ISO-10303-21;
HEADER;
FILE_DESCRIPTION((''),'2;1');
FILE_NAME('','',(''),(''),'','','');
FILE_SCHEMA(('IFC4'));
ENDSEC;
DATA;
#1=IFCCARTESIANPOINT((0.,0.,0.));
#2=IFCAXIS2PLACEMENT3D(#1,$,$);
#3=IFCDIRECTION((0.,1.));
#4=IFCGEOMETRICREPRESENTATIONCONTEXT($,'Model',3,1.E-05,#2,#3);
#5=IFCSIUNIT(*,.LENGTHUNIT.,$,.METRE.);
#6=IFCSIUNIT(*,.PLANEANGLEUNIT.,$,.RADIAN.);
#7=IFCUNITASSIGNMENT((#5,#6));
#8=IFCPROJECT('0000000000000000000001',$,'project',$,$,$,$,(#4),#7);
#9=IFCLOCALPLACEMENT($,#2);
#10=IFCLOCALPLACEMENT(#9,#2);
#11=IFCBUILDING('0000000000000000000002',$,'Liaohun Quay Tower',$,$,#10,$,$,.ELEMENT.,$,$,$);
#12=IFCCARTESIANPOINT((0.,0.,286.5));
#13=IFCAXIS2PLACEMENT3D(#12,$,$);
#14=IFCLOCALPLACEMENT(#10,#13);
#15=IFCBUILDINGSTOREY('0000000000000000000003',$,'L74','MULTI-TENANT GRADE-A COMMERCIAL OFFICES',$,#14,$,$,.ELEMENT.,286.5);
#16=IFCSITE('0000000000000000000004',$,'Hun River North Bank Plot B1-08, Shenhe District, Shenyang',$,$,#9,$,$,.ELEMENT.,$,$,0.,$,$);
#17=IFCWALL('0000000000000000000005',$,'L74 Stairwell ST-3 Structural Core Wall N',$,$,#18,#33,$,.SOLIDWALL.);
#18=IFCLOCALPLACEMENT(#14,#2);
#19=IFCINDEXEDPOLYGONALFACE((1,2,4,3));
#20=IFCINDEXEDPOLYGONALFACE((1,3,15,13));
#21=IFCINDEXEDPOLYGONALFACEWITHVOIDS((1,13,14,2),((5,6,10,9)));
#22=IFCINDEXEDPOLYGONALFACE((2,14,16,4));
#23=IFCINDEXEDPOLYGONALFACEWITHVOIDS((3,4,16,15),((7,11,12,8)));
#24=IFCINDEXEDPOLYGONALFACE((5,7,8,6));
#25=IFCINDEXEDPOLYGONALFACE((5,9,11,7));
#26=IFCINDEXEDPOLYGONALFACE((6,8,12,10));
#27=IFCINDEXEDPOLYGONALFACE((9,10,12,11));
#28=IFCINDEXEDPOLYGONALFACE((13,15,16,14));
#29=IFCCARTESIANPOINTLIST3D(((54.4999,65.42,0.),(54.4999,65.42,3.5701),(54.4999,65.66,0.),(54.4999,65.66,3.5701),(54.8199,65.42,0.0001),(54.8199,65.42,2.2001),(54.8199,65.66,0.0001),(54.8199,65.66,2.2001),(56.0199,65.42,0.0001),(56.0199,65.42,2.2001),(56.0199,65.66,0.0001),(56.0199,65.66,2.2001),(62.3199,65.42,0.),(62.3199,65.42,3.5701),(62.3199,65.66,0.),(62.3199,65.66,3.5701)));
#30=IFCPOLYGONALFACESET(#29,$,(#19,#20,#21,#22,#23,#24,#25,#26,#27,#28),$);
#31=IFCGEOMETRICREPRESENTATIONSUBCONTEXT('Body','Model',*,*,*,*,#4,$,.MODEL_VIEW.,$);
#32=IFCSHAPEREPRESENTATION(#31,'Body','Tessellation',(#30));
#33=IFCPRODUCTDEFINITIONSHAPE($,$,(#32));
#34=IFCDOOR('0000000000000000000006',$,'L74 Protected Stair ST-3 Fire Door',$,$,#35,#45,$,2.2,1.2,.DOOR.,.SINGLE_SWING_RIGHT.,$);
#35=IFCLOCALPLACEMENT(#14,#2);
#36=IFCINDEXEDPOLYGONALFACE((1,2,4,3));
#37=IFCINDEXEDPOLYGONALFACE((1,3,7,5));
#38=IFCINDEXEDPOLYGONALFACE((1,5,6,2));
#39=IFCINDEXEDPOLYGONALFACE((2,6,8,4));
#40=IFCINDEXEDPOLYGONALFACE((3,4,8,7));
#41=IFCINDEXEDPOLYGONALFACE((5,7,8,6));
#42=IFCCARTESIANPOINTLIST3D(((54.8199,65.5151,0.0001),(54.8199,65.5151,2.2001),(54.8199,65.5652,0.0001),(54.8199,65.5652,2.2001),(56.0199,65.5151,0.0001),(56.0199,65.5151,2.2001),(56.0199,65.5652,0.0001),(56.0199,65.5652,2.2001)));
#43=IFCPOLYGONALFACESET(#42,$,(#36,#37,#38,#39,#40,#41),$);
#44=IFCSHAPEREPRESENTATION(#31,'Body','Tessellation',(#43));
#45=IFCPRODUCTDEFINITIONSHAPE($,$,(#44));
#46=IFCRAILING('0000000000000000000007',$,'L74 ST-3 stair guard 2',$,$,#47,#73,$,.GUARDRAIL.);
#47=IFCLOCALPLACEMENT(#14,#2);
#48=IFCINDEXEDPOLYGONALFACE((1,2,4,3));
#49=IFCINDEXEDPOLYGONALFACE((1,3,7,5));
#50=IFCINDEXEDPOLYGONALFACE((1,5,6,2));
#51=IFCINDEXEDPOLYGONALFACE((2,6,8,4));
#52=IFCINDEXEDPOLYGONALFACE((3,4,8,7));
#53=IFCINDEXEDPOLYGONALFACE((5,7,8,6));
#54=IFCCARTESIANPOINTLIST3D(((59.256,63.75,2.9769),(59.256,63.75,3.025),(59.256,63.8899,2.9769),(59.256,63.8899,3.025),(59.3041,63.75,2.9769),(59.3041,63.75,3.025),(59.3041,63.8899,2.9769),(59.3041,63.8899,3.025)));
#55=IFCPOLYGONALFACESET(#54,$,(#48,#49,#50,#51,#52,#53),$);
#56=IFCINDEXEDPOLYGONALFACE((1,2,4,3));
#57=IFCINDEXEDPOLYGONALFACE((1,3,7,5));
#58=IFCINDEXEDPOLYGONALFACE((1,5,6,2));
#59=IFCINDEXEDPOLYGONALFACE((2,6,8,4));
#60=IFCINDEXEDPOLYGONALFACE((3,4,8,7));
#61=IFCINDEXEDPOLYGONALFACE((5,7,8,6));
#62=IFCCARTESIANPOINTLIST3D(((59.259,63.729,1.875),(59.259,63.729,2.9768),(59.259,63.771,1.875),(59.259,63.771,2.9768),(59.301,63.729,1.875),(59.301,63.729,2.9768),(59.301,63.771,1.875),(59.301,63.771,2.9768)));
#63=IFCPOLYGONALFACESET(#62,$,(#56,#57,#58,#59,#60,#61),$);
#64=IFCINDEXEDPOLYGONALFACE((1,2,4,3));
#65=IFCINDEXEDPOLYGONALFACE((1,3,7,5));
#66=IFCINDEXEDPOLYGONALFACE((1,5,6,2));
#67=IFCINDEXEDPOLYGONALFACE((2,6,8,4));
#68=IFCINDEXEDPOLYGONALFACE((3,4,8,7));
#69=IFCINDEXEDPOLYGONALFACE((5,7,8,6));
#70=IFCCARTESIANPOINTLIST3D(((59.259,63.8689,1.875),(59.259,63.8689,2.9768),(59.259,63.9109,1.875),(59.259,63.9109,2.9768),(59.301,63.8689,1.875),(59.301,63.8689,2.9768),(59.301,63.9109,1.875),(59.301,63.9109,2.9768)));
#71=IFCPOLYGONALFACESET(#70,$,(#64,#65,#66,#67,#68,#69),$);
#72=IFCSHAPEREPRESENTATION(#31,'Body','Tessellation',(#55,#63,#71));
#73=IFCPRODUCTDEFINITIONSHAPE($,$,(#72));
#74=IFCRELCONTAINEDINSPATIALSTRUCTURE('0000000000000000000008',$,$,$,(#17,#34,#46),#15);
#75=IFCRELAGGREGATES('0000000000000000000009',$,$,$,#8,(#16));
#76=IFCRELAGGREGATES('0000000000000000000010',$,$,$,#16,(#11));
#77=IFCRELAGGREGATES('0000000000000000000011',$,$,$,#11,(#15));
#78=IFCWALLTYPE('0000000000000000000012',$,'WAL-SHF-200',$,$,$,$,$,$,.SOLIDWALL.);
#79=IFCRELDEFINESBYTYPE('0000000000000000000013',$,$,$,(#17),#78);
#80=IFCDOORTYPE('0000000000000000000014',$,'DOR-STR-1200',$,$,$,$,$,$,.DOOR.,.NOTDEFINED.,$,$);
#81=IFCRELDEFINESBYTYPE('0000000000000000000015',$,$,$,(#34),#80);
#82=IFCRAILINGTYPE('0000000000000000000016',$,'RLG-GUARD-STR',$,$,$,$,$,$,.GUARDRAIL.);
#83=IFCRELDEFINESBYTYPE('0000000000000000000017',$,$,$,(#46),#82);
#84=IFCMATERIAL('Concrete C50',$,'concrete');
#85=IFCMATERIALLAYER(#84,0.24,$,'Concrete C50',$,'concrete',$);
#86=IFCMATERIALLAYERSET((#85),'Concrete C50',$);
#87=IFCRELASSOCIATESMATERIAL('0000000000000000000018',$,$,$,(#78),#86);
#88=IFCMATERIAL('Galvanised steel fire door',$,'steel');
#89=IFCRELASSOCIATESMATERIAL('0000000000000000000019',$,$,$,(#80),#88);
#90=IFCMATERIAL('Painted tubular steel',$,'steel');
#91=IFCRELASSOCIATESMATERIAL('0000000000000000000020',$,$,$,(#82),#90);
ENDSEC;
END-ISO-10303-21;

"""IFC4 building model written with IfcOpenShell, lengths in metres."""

from ifc_helpers import new_model, si_unit, direction, frame, frame_2d, origin, origin_2d, place, context, subcontext, project, spatial, rectangle, extrude, source, transform, mapped, material, layer, layer_set, type_object, element, fill, save


model = new_model("IFC4")

# Units and contexts
model_context = context("Model", 3, precision=1e-05, world=origin(), true_north=direction((0.0, 1.0)))
body_context = subcontext(model_context, "Body", "Model", "MODEL_VIEW")
ifc_project = project(units=[si_unit("LENGTHUNIT", "METRE"), si_unit("PLANEANGLEUNIT", "RADIAN")], contexts=[model_context])

# Site, building, storey
site_placement = place(None, origin())
site = spatial("IfcSite", under=ifc_project, at=site_placement, Name="Hun River North Bank Plot B1-08, Shenhe District, Shenyang", CompositionType="ELEMENT", RefElevation=0.0)
building_placement = place(site_placement, origin())
building = spatial("IfcBuilding", under=site, at=building_placement, Name="Liaohun Quay Tower", CompositionType="ELEMENT")
storey_placement = place(building_placement, frame((0.0, 0.0, 286.5)))
storey = spatial("IfcBuildingStorey", under=building, at=storey_placement, Name="L74", Description="MULTI-TENANT GRADE-A COMMERCIAL OFFICES", CompositionType="ELEMENT", Elevation=286.5)

# Shared definitions
ifc_material_1 = material(Name="Concrete C50", Category="concrete")

# Shared definitions
ifc_layer_1 = layer(ifc_material_1, 0.24, Name="Concrete C50", Category="concrete")
ifc_layer_set_1 = layer_set([ifc_layer_1], Name="Concrete C50")
wall_type_1 = type_object("IfcWallType", Name="WAL-SHF-200", PredefinedType="SOLIDWALL", material=ifc_layer_set_1)

# Wall, opening, door
wall_1_placement = place(storey_placement, frame((62.3201, 65.54, 0.0), z_axis=(0.0, 0.0, 1.0), x_axis=(-1.0, 0.0, 0.0)))
wall_1 = element("IfcWall", 1, at=wall_1_placement, inside=storey, type_object=wall_type_1, Name="L74 Stairwell ST-3 Structural Core Wall N", PredefinedType="SOLIDWALL", context=body_context, shape_type="SweptSolid", body=[
    extrude(rectangle(XDim=7.8201, YDim=0.24, at=frame_2d((3.9102, 0.0))), origin(), (0.0, 0.0, 1.0), 3.5701),
])
shared_shape_1 = source(origin(), body_context, "Body", "SweptSolid", [
    extrude(rectangle(XDim=1.2, YDim=2.2, at=frame_2d((0.6001, 1.1001))), frame((0.0, 0.1299, 0.0), z_axis=(0.0, -1.0, 0.0), x_axis=(1.0, 0.0, 0.0)), (0.0, 0.0, 1.0), 0.26),
])
opening_1_placement = place(wall_1_placement, frame((6.3, 0.0, 0.0)))
opening_1 = element("IfcOpeningElement", 2, at=opening_1_placement, cuts=wall_1, PredefinedType="OPENING", context=body_context, shape_type="MappedRepresentation", body=[
    mapped(shared_shape_1, transform((0.0, 0.0, 0.0), x_axis=(1.0, 0.0, 0.0), y_axis=(0.0, 1.0, 0.0), z_axis=(0.0, 0.0, 1.0), scale=1.0)),
])
ifc_material_2 = material(Name="Galvanised steel fire door", Category="steel")
door_type_1 = type_object("IfcDoorType", Name="DOR-STR-1200", OperationType="NOTDEFINED", PredefinedType="DOOR", material=ifc_material_2)
shared_shape_2 = source(origin(), body_context, "Body", "SweptSolid", [
    extrude(rectangle(XDim=1.2, YDim=2.2, at=frame_2d((0.6001, 1.1001))), frame((0.0, 0.0249, 0.0), z_axis=(0.0, -1.0, 0.0), x_axis=(1.0, 0.0, 0.0)), (0.0, 0.0, 1.0), 0.05),
])
door_1_placement = place(opening_1_placement, origin())
door_1 = element("IfcDoor", 3, at=door_1_placement, inside=storey, type_object=door_type_1, Name="L74 Protected Stair ST-3 Fire Door", OperationType="SINGLE_SWING_RIGHT", OverallHeight=2.2, OverallWidth=1.2, PredefinedType="DOOR", context=body_context, shape_type="MappedRepresentation", body=[
    mapped(shared_shape_2, transform((0.0, 0.0, 0.0), x_axis=(1.0, 0.0, 0.0), y_axis=(0.0, 1.0, 0.0), z_axis=(0.0, 0.0, 1.0), scale=1.0)),
])
fill(opening_1, door_1)

# Railing
ifc_material_3 = material(Name="Painted tubular steel", Category="steel")
railing_type = type_object("IfcRailingType", Name="RLG-GUARD-STR", PredefinedType="GUARDRAIL", material=ifc_material_3)
railing_placement = place(storey_placement, frame((59.28, 63.75, 1.875)))
element("IfcRailing", 4, at=railing_placement, inside=storey, type_object=railing_type, Name="L74 ST-3 stair guard 2", PredefinedType="GUARDRAIL", context=body_context, shape_type="SweptSolid", body=[
    extrude(rectangle(XDim=0.0481, YDim=0.0481, at=origin_2d()), frame((0.0, 0.0, 1.126), z_axis=(0.0, 1.0, 0.0), x_axis=(-1.0, 0.0, 0.0)), (0.0, 0.0, 1.0), 0.1399),
    extrude(rectangle(XDim=0.042, YDim=0.042, at=origin_2d()), origin(), (0.0, 0.0, 1.0), 1.1018),
    extrude(rectangle(XDim=0.042, YDim=0.042, at=origin_2d()), frame((0.0, 0.1399, 0.0)), (0.0, 0.0, 1.0), 1.1018),
])

save(model, "model.ifc")
